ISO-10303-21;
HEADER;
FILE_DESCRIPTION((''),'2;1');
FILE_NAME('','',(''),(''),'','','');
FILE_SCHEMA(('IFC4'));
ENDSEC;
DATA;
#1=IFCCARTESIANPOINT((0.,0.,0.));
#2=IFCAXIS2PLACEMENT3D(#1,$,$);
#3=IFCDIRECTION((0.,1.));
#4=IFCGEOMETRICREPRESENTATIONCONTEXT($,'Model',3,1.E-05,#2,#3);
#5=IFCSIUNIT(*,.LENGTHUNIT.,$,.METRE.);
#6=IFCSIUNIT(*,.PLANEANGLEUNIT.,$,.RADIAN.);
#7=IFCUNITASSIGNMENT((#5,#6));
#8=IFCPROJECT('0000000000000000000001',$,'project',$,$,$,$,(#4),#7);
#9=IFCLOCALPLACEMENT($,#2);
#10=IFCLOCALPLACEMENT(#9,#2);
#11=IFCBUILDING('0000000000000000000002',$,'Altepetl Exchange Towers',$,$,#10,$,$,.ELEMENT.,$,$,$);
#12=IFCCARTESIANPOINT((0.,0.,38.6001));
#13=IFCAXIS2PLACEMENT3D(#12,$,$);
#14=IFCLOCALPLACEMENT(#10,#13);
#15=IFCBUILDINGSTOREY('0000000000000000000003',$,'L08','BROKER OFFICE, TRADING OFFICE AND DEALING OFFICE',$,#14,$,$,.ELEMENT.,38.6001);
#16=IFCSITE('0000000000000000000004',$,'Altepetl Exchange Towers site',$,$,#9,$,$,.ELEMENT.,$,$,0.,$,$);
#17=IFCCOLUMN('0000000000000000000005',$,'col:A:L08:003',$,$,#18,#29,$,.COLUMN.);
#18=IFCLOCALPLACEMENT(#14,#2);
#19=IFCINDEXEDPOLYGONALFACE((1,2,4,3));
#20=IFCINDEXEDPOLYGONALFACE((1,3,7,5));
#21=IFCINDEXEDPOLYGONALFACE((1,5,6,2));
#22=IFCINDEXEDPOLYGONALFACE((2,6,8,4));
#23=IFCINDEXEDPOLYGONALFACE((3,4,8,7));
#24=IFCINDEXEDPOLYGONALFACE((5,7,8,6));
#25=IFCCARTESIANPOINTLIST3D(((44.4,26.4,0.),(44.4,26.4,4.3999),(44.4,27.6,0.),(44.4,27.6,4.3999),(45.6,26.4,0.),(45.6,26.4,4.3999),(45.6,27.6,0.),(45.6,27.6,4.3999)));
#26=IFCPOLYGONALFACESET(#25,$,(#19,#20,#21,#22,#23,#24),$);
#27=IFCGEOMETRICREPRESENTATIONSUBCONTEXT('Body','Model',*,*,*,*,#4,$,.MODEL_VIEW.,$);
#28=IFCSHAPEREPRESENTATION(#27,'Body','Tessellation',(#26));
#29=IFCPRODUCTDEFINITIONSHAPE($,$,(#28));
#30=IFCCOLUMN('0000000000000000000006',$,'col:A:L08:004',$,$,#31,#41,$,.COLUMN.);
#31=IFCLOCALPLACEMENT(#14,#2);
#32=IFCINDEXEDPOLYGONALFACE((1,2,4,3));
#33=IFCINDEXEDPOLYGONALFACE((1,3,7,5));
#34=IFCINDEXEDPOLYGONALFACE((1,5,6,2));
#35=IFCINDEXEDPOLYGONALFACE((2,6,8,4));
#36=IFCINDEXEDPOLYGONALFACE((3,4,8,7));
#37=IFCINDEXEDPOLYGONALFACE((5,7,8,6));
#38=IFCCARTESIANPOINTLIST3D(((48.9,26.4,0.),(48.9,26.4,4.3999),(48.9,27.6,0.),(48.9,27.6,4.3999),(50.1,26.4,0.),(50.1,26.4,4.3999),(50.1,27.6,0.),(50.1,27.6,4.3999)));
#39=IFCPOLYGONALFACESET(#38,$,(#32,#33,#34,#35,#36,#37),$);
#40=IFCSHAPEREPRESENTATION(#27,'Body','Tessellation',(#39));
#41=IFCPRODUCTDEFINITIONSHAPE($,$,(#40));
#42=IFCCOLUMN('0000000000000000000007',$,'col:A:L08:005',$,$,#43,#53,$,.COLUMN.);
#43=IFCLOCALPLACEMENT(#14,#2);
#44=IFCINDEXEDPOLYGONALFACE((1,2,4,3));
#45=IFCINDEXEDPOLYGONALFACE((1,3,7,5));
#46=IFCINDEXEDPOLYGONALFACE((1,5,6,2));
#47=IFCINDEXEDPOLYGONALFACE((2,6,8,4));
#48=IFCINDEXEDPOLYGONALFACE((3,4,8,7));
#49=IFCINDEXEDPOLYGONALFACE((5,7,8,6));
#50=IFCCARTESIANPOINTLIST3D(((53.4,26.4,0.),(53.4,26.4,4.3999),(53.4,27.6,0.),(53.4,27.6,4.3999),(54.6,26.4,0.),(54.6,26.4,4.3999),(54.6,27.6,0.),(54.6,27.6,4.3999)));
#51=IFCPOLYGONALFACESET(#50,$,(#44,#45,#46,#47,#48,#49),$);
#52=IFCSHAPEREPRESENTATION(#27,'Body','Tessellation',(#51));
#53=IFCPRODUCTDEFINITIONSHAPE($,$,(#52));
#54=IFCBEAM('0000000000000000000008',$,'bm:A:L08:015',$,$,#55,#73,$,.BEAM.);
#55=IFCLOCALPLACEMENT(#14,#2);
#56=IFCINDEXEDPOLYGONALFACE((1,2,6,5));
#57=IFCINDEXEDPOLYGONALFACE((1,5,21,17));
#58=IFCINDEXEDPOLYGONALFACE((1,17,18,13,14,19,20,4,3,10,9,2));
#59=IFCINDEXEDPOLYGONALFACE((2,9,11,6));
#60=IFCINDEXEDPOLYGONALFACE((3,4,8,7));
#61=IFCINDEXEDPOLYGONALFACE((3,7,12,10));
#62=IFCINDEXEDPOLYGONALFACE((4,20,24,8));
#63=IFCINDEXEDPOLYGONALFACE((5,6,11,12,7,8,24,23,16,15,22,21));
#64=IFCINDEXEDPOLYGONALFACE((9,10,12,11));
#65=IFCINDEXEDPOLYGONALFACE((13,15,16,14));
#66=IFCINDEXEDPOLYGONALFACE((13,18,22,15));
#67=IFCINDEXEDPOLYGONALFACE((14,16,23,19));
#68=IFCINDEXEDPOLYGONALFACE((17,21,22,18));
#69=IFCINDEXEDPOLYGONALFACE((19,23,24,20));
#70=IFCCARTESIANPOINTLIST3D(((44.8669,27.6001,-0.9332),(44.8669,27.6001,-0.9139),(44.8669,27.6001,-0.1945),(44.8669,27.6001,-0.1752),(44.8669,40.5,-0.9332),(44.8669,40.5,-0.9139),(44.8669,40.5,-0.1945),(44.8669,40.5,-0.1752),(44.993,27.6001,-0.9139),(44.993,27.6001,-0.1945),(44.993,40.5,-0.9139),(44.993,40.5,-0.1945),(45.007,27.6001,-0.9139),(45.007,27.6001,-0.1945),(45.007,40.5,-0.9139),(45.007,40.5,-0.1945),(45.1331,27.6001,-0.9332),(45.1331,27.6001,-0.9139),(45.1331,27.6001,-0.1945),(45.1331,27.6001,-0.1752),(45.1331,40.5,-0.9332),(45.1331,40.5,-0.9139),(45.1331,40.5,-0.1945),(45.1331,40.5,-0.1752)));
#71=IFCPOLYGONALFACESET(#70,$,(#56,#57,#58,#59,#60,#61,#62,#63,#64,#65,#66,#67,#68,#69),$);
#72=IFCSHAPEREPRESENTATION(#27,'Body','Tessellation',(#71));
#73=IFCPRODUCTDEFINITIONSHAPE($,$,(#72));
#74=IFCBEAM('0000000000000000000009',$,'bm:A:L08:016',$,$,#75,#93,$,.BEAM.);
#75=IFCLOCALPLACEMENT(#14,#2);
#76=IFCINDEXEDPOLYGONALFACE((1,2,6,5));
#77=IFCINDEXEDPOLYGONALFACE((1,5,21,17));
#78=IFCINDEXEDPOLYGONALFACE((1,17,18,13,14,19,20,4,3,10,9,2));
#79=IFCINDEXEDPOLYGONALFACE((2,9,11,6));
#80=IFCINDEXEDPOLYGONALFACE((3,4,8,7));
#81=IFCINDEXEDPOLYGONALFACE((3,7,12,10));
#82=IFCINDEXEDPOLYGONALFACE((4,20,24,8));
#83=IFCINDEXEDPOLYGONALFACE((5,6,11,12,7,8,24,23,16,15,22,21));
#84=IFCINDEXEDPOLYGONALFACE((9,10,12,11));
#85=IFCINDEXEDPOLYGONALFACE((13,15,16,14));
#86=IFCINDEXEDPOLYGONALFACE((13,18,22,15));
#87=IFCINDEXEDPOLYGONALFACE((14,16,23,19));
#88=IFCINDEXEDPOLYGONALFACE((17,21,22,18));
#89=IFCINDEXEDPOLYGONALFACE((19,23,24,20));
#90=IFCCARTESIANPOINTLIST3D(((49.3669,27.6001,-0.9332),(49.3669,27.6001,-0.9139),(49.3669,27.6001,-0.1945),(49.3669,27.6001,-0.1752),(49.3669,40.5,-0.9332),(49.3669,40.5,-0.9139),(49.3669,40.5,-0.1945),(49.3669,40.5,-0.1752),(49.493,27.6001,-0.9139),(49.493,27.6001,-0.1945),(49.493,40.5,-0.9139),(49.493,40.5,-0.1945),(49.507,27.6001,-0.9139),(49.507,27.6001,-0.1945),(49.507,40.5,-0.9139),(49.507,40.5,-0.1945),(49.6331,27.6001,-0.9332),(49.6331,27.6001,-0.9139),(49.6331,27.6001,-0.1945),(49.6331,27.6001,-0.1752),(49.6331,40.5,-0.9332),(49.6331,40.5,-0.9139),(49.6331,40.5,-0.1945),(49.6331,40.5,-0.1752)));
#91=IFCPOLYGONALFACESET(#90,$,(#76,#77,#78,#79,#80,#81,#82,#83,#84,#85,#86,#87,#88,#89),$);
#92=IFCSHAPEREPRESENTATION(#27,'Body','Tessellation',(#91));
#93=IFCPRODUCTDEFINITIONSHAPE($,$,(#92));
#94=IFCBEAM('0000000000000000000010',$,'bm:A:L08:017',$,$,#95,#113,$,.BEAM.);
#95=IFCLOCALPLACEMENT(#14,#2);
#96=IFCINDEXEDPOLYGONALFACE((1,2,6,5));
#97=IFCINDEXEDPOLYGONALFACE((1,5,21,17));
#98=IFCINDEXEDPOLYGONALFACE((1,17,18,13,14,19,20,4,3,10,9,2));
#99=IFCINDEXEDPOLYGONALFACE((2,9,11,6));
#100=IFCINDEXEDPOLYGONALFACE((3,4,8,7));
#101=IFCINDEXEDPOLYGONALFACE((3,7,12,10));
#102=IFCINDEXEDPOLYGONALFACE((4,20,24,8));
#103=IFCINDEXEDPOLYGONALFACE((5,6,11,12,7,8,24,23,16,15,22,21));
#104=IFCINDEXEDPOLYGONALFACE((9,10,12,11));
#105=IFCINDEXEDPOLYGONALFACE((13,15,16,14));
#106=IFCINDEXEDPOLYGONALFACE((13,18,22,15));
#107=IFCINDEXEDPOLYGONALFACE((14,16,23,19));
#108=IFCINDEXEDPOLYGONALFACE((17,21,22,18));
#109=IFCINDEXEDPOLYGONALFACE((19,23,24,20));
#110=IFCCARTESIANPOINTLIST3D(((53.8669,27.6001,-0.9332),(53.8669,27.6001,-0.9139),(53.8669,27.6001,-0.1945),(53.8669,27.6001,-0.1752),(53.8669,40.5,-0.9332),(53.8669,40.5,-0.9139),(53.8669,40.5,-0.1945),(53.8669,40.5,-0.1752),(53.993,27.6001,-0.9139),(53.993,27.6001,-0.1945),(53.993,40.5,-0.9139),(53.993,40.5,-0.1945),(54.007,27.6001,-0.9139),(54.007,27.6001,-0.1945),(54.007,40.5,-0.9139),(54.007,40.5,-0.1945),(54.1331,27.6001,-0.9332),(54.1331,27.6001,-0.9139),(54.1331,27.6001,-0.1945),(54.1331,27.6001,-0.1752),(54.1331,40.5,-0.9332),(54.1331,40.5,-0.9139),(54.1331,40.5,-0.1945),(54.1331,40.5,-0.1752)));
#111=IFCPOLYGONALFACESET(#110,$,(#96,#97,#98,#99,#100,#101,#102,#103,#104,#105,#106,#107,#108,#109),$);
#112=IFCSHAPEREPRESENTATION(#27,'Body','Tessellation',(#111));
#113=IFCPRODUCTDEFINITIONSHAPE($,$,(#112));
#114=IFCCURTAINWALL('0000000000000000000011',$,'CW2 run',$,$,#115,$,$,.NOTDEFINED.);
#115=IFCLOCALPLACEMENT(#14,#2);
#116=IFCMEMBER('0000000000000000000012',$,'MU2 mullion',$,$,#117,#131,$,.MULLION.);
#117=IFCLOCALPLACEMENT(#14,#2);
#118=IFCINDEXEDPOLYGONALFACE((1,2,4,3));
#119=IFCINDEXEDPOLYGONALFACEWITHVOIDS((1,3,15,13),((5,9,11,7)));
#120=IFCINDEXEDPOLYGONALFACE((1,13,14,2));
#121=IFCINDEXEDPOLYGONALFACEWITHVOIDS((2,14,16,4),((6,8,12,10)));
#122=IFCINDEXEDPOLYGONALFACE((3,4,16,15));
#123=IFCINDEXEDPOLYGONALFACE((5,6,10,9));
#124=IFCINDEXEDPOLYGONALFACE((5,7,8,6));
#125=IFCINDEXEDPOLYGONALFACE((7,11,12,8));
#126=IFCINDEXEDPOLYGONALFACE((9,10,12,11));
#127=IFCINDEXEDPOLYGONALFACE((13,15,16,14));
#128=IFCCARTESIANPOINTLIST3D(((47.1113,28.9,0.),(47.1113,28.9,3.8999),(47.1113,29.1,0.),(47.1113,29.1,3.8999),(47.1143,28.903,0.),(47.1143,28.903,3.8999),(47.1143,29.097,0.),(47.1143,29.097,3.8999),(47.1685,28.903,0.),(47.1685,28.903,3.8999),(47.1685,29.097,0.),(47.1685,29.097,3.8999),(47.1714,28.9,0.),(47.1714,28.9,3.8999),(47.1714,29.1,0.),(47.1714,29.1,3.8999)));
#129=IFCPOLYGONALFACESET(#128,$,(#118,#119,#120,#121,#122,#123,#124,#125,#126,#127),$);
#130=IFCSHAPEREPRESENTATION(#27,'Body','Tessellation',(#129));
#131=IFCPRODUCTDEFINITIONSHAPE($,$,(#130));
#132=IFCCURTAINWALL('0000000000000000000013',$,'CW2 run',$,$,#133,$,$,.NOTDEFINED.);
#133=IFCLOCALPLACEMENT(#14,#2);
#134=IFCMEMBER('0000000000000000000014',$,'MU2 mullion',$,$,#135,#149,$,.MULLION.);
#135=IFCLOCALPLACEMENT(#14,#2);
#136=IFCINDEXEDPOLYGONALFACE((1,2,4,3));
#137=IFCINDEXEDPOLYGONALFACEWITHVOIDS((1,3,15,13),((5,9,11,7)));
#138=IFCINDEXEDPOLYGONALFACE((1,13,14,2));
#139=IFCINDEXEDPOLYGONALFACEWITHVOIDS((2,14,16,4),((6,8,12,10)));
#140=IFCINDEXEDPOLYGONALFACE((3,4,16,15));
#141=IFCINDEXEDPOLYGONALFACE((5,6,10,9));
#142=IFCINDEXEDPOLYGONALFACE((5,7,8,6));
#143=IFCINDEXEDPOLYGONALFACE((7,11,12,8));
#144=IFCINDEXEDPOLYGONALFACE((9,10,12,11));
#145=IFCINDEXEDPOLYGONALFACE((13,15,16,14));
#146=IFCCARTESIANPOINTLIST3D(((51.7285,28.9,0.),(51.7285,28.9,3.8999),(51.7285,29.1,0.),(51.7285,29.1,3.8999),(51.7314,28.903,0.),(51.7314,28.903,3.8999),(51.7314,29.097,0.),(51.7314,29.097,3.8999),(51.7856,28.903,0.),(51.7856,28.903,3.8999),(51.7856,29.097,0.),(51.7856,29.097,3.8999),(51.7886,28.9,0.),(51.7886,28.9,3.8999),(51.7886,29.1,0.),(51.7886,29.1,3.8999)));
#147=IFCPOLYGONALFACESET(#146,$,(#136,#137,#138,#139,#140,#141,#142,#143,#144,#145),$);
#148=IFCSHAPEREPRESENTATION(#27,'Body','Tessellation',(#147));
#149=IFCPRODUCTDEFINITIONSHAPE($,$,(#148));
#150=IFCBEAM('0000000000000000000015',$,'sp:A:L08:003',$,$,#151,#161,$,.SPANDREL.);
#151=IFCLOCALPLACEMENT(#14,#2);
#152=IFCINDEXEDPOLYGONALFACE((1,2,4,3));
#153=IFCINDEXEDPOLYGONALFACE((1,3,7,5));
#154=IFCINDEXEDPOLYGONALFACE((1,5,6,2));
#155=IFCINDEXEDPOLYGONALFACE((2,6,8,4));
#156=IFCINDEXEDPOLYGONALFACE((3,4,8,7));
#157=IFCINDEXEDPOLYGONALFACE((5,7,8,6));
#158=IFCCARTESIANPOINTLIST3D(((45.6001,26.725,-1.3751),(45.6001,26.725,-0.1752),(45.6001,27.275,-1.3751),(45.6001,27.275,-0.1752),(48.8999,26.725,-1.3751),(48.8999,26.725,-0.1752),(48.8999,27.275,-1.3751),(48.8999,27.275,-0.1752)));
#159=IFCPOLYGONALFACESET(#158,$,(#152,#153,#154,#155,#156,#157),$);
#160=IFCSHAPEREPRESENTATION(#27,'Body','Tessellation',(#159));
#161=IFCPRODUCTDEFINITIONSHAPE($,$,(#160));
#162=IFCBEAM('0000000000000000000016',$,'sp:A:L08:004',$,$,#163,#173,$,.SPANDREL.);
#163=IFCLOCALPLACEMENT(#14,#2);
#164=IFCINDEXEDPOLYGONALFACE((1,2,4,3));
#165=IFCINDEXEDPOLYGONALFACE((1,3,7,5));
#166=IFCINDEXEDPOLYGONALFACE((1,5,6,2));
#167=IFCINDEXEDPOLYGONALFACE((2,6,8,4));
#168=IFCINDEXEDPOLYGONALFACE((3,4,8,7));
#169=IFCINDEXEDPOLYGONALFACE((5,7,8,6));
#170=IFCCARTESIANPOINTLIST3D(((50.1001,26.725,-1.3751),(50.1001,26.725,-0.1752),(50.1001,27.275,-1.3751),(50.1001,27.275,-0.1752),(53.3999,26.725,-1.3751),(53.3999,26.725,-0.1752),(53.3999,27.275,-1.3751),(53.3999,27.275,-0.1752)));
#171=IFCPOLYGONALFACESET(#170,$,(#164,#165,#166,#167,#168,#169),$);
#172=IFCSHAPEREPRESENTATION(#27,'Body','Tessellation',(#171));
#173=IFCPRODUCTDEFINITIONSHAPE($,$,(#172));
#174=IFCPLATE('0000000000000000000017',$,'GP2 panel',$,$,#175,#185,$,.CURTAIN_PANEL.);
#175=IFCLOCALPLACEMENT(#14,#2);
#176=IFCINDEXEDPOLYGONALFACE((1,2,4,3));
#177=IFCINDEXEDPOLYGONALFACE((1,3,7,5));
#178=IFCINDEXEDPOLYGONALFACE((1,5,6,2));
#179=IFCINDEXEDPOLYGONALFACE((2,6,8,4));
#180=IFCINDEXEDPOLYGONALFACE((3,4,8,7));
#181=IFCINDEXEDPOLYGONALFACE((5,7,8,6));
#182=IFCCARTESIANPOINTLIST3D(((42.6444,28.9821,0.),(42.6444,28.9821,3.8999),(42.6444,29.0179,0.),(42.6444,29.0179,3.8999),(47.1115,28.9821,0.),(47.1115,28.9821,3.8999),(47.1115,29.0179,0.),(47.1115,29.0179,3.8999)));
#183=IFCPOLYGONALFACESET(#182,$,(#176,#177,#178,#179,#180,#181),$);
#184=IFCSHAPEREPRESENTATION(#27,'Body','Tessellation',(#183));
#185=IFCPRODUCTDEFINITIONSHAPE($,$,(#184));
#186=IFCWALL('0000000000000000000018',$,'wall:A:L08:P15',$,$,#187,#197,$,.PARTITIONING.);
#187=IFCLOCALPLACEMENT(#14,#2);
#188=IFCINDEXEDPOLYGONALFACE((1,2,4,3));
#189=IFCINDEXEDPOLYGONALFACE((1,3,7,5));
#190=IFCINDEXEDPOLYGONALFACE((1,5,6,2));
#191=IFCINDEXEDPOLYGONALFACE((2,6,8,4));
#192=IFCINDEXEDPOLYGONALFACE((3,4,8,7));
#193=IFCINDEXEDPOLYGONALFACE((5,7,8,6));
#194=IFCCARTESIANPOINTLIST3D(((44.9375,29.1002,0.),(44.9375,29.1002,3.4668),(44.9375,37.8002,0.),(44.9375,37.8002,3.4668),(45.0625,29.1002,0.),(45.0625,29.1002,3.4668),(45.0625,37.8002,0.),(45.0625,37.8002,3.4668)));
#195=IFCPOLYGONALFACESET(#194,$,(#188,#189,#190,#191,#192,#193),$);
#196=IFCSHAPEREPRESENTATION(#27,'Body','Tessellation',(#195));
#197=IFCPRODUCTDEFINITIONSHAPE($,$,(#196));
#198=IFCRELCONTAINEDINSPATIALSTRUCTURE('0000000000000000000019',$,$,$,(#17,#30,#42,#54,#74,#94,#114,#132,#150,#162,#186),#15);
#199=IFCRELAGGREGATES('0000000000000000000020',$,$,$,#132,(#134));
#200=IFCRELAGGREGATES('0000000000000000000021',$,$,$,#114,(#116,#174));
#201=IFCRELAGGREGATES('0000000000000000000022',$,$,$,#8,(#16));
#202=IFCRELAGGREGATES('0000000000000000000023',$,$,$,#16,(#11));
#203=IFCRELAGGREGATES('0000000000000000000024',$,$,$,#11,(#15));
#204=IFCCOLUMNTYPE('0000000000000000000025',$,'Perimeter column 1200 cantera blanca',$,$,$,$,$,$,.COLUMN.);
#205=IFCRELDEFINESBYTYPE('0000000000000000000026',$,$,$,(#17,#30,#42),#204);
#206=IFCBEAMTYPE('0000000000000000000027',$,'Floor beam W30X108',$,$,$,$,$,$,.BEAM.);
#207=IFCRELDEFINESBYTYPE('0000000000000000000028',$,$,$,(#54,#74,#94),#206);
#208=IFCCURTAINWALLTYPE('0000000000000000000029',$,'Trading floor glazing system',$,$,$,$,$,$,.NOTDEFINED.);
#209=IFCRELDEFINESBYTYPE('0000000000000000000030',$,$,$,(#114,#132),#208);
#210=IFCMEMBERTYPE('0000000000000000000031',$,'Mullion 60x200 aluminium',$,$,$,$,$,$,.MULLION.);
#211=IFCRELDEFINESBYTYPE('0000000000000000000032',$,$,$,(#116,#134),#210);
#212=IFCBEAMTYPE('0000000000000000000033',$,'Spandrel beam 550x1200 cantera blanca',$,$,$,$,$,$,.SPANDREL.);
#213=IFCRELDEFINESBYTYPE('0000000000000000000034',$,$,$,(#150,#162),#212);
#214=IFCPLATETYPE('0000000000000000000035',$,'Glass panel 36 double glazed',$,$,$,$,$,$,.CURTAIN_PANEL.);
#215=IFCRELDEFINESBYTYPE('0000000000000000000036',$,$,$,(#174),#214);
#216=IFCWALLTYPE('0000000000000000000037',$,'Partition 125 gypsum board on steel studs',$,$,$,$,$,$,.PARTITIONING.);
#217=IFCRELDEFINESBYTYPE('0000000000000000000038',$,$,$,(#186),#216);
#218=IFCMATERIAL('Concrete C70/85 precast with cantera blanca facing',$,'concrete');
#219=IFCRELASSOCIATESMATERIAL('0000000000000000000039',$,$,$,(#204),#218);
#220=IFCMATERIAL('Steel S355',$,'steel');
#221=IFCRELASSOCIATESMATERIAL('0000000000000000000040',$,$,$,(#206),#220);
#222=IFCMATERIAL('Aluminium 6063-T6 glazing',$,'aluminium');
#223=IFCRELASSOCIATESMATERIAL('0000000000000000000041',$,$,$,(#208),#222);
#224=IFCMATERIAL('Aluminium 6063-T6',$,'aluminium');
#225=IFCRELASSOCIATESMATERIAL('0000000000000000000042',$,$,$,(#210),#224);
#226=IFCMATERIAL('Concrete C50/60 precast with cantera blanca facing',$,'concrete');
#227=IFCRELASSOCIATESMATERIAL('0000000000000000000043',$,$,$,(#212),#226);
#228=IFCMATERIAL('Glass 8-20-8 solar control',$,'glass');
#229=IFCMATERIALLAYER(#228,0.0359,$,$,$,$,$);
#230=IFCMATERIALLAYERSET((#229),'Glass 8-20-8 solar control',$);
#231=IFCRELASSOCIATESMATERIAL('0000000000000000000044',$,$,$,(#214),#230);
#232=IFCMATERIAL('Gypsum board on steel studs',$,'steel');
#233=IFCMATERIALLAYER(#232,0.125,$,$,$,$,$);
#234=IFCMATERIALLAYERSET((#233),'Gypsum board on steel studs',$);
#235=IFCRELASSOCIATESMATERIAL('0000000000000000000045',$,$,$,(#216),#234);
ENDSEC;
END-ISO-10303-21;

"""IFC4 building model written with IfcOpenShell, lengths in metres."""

from ifc_helpers import new_model, si_unit, direction, frame, frame_2d, origin, origin_2d, place, context, subcontext, project, spatial, rectangle, hollow_rectangle, i_section, extrude, material, layer, layer_set, material_profile, profile_set, type_object, element, aggregate, save


model = new_model("IFC4")

# Units and contexts
model_context = context("Model", 3, precision=1e-05, world=origin(), true_north=direction((0.0, 1.0)))
body_context = subcontext(model_context, "Body", "Model", "MODEL_VIEW")
ifc_project = project(units=[si_unit("LENGTHUNIT", "METRE"), si_unit("PLANEANGLEUNIT", "RADIAN")], contexts=[model_context])

# Site, building, storey
site_placement = place(None, origin())
site = spatial("IfcSite", under=ifc_project, at=site_placement, Name="Altepetl Exchange Towers site", CompositionType="ELEMENT", RefElevation=0.0)
building_placement = place(site_placement, origin())
building = spatial("IfcBuilding", under=site, at=building_placement, Name="Altepetl Exchange Towers", CompositionType="ELEMENT")
storey_placement = place(building_placement, frame((0.0, 0.0, 38.6001)))
storey = spatial("IfcBuildingStorey", under=building, at=storey_placement, Name="L08", Description="BROKER OFFICE, TRADING OFFICE AND DEALING OFFICE", CompositionType="ELEMENT", Elevation=38.6001)

# Columns
ifc_material_1 = material(Name="Concrete C70/85 precast with cantera blanca facing", Category="concrete")
ifc_material_profile_1 = material_profile(ifc_material_1, rectangle(XDim=1.2, YDim=1.2, at=origin_2d()), Name="1200 x 1200")
ifc_profile_set_1 = profile_set([ifc_material_profile_1], Name="Concrete C70/85 precast with cantera blanca facing")
column_type = type_object("IfcColumnType", Name="Perimeter column 1200 cantera blanca", PredefinedType="COLUMN", material=ifc_profile_set_1)
for number, where, name in (
    (1, (45.0, 27.0, 0.0), "col:A:L08:003"),
    (2, (49.5, 27.0, 0.0), "col:A:L08:004"),
    (3, (54.0, 27.0, 0.0), "col:A:L08:005"),
):
    element("IfcColumn", number, at=place(storey_placement, frame(where)), inside=storey, type_object=column_type, Name=name, PredefinedType="COLUMN", context=body_context, shape_type="SweptSolid", body=[
        extrude(rectangle(XDim=1.2, YDim=1.2, at=origin_2d()), origin(), (0.0, 0.0, 1.0), 4.3999),
    ])

# Beams
ifc_material_2 = material(Name="Steel S355", Category="steel")
ifc_material_profile_2 = material_profile(ifc_material_2, i_section(OverallWidth=0.2661, OverallDepth=0.7581, WebThickness=0.0139, FlangeThickness=0.0193, at=origin_2d()), Name="W30X108")
ifc_profile_set_2 = profile_set([ifc_material_profile_2], Name="Steel S355")
beam_type_1 = type_object("IfcBeamType", Name="Floor beam W30X108", PredefinedType="BEAM", material=ifc_profile_set_2)
for number, where, z_axis, x_axis, name in (
    (4, (45.0, 27.6001, -0.5542), (0.0, 1.0, 0.0), (-1.0, 0.0, 0.0), "bm:A:L08:015"),
    (5, (49.5, 27.6001, -0.5542), (0.0, 1.0, 0.0), (-1.0, 0.0, 0.0), "bm:A:L08:016"),
    (6, (54.0, 27.6001, -0.5542), (0.0, 1.0, 0.0), (-1.0, 0.0, 0.0), "bm:A:L08:017"),
):
    element("IfcBeam", number, at=place(storey_placement, frame(where, z_axis=z_axis, x_axis=x_axis)), inside=storey, type_object=beam_type_1, Name=name, PredefinedType="BEAM", context=body_context, shape_type="SweptSolid", body=[
        extrude(i_section(OverallWidth=0.2661, OverallDepth=0.7581, WebThickness=0.0139, FlangeThickness=0.0193, at=origin_2d()), origin(), (0.0, 0.0, 1.0), 12.8999),
    ])

# Curtain walls, members
ifc_material_3 = material(Name="Aluminium 6063-T6 glazing", Category="aluminium")
curtain_wall_type = type_object("IfcCurtainWallType", Name="Trading floor glazing system", PredefinedType="NOTDEFINED", material=ifc_material_3)
curtain_wall_1_placement = place(storey_placement, origin())
curtain_wall_1 = element("IfcCurtainWall", 7, at=curtain_wall_1_placement, inside=storey, type_object=curtain_wall_type, Name="CW2 run", PredefinedType="NOTDEFINED")
ifc_material_4 = material(Name="Aluminium 6063-T6", Category="aluminium")
ifc_material_profile_3 = material_profile(ifc_material_4, hollow_rectangle(XDim=0.0601, YDim=0.2, WallThickness=0.0029, at=origin_2d()), Name="Mullion 60x200 aluminium")
ifc_profile_set_3 = profile_set([ifc_material_profile_3], Name="Aluminium 6063-T6")
member_type = type_object("IfcMemberType", Name="Mullion 60x200 aluminium", PredefinedType="MULLION", material=ifc_profile_set_3)
member_1_placement = place(storey_placement, frame((47.1414, 29.0, 0.0)))
member_1 = element("IfcMember", 8, at=member_1_placement, type_object=member_type, Name="MU2 mullion", PredefinedType="MULLION", context=body_context, shape_type="SweptSolid", body=[
    extrude(hollow_rectangle(XDim=0.0601, YDim=0.2, WallThickness=0.0029, at=origin_2d()), origin(), (0.0, 0.0, 1.0), 3.8999),
])
curtain_wall_2_placement = place(storey_placement, origin())
curtain_wall_2 = element("IfcCurtainWall", 9, at=curtain_wall_2_placement, inside=storey, type_object=curtain_wall_type, Name="CW2 run", PredefinedType="NOTDEFINED")
member_2_placement = place(storey_placement, frame((51.7585, 29.0, 0.0)))
member_2 = element("IfcMember", 10, at=member_2_placement, type_object=member_type, Name="MU2 mullion", PredefinedType="MULLION", context=body_context, shape_type="SweptSolid", body=[
    extrude(hollow_rectangle(XDim=0.0601, YDim=0.2, WallThickness=0.0029, at=origin_2d()), origin(), (0.0, 0.0, 1.0), 3.8999),
])
aggregate(curtain_wall_2, [member_2])

# Beams
ifc_material_5 = material(Name="Concrete C50/60 precast with cantera blanca facing", Category="concrete")
ifc_material_profile_4 = material_profile(ifc_material_5, rectangle(XDim=0.55, YDim=1.2, at=origin_2d()), Name="550 x 1200")
ifc_profile_set_4 = profile_set([ifc_material_profile_4], Name="Concrete C50/60 precast with cantera blanca facing")
beam_type_2 = type_object("IfcBeamType", Name="Spandrel beam 550x1200 cantera blanca", PredefinedType="SPANDREL", material=ifc_profile_set_4)
for number, where, z_axis, x_axis, name in (
    (11, (45.6001, 27.0, -0.7751), (1.0, 0.0, 0.0), (0.0, 1.0, 0.0), "sp:A:L08:003"),
    (12, (50.1001, 27.0, -0.7751), (1.0, 0.0, 0.0), (0.0, 1.0, 0.0), "sp:A:L08:004"),
):
    element("IfcBeam", number, at=place(storey_placement, frame(where, z_axis=z_axis, x_axis=x_axis)), inside=storey, type_object=beam_type_2, Name=name, PredefinedType="SPANDREL", context=body_context, shape_type="SweptSolid", body=[
        extrude(rectangle(XDim=0.55, YDim=1.2, at=origin_2d()), origin(), (0.0, 0.0, 1.0), 3.2998),
    ])

# Plate
ifc_material_6 = material(Name="Glass 8-20-8 solar control", Category="glass")
ifc_layer_1 = layer(ifc_material_6, 0.0359)
ifc_layer_set_1 = layer_set([ifc_layer_1], Name="Glass 8-20-8 solar control")
plate_type = type_object("IfcPlateType", Name="Glass panel 36 double glazed", PredefinedType="CURTAIN_PANEL", material=ifc_layer_set_1)
plate_placement = place(storey_placement, frame((44.8779, 29.0, 0.0)))
plate = element("IfcPlate", 13, at=plate_placement, type_object=plate_type, Name="GP2 panel", PredefinedType="CURTAIN_PANEL", context=body_context, shape_type="SweptSolid", body=[
    extrude(rectangle(XDim=4.467, YDim=0.0359, at=origin_2d()), origin(), (0.0, 0.0, 1.0), 3.8999),
])
aggregate(curtain_wall_1, [member_1, plate])

# Wall
ifc_material_7 = material(Name="Gypsum board on steel studs", Category="steel")
ifc_layer_2 = layer(ifc_material_7, 0.125)
ifc_layer_set_2 = layer_set([ifc_layer_2], Name="Gypsum board on steel studs")
wall_type_1 = type_object("IfcWallType", Name="Partition 125 gypsum board on steel studs", PredefinedType="PARTITIONING", material=ifc_layer_set_2)
for number, where, z_axis, x_axis, name in (
    (14, (45.0, 29.1001, 0.0), (0.0, 0.0, 1.0), (0.0, 1.0, 0.0), "wall:A:L08:P15"),
):
    element("IfcWall", number, at=place(storey_placement, frame(where, z_axis=z_axis, x_axis=x_axis)), inside=storey, type_object=wall_type_1, Name=name, PredefinedType="PARTITIONING", context=body_context, shape_type="SweptSolid", body=[
        extrude(rectangle(XDim=8.7, YDim=0.125, at=frame_2d((4.3501, 0.0))), origin(), (0.0, 0.0, 1.0), 3.4668),
    ])

save(model, "model.ifc")
